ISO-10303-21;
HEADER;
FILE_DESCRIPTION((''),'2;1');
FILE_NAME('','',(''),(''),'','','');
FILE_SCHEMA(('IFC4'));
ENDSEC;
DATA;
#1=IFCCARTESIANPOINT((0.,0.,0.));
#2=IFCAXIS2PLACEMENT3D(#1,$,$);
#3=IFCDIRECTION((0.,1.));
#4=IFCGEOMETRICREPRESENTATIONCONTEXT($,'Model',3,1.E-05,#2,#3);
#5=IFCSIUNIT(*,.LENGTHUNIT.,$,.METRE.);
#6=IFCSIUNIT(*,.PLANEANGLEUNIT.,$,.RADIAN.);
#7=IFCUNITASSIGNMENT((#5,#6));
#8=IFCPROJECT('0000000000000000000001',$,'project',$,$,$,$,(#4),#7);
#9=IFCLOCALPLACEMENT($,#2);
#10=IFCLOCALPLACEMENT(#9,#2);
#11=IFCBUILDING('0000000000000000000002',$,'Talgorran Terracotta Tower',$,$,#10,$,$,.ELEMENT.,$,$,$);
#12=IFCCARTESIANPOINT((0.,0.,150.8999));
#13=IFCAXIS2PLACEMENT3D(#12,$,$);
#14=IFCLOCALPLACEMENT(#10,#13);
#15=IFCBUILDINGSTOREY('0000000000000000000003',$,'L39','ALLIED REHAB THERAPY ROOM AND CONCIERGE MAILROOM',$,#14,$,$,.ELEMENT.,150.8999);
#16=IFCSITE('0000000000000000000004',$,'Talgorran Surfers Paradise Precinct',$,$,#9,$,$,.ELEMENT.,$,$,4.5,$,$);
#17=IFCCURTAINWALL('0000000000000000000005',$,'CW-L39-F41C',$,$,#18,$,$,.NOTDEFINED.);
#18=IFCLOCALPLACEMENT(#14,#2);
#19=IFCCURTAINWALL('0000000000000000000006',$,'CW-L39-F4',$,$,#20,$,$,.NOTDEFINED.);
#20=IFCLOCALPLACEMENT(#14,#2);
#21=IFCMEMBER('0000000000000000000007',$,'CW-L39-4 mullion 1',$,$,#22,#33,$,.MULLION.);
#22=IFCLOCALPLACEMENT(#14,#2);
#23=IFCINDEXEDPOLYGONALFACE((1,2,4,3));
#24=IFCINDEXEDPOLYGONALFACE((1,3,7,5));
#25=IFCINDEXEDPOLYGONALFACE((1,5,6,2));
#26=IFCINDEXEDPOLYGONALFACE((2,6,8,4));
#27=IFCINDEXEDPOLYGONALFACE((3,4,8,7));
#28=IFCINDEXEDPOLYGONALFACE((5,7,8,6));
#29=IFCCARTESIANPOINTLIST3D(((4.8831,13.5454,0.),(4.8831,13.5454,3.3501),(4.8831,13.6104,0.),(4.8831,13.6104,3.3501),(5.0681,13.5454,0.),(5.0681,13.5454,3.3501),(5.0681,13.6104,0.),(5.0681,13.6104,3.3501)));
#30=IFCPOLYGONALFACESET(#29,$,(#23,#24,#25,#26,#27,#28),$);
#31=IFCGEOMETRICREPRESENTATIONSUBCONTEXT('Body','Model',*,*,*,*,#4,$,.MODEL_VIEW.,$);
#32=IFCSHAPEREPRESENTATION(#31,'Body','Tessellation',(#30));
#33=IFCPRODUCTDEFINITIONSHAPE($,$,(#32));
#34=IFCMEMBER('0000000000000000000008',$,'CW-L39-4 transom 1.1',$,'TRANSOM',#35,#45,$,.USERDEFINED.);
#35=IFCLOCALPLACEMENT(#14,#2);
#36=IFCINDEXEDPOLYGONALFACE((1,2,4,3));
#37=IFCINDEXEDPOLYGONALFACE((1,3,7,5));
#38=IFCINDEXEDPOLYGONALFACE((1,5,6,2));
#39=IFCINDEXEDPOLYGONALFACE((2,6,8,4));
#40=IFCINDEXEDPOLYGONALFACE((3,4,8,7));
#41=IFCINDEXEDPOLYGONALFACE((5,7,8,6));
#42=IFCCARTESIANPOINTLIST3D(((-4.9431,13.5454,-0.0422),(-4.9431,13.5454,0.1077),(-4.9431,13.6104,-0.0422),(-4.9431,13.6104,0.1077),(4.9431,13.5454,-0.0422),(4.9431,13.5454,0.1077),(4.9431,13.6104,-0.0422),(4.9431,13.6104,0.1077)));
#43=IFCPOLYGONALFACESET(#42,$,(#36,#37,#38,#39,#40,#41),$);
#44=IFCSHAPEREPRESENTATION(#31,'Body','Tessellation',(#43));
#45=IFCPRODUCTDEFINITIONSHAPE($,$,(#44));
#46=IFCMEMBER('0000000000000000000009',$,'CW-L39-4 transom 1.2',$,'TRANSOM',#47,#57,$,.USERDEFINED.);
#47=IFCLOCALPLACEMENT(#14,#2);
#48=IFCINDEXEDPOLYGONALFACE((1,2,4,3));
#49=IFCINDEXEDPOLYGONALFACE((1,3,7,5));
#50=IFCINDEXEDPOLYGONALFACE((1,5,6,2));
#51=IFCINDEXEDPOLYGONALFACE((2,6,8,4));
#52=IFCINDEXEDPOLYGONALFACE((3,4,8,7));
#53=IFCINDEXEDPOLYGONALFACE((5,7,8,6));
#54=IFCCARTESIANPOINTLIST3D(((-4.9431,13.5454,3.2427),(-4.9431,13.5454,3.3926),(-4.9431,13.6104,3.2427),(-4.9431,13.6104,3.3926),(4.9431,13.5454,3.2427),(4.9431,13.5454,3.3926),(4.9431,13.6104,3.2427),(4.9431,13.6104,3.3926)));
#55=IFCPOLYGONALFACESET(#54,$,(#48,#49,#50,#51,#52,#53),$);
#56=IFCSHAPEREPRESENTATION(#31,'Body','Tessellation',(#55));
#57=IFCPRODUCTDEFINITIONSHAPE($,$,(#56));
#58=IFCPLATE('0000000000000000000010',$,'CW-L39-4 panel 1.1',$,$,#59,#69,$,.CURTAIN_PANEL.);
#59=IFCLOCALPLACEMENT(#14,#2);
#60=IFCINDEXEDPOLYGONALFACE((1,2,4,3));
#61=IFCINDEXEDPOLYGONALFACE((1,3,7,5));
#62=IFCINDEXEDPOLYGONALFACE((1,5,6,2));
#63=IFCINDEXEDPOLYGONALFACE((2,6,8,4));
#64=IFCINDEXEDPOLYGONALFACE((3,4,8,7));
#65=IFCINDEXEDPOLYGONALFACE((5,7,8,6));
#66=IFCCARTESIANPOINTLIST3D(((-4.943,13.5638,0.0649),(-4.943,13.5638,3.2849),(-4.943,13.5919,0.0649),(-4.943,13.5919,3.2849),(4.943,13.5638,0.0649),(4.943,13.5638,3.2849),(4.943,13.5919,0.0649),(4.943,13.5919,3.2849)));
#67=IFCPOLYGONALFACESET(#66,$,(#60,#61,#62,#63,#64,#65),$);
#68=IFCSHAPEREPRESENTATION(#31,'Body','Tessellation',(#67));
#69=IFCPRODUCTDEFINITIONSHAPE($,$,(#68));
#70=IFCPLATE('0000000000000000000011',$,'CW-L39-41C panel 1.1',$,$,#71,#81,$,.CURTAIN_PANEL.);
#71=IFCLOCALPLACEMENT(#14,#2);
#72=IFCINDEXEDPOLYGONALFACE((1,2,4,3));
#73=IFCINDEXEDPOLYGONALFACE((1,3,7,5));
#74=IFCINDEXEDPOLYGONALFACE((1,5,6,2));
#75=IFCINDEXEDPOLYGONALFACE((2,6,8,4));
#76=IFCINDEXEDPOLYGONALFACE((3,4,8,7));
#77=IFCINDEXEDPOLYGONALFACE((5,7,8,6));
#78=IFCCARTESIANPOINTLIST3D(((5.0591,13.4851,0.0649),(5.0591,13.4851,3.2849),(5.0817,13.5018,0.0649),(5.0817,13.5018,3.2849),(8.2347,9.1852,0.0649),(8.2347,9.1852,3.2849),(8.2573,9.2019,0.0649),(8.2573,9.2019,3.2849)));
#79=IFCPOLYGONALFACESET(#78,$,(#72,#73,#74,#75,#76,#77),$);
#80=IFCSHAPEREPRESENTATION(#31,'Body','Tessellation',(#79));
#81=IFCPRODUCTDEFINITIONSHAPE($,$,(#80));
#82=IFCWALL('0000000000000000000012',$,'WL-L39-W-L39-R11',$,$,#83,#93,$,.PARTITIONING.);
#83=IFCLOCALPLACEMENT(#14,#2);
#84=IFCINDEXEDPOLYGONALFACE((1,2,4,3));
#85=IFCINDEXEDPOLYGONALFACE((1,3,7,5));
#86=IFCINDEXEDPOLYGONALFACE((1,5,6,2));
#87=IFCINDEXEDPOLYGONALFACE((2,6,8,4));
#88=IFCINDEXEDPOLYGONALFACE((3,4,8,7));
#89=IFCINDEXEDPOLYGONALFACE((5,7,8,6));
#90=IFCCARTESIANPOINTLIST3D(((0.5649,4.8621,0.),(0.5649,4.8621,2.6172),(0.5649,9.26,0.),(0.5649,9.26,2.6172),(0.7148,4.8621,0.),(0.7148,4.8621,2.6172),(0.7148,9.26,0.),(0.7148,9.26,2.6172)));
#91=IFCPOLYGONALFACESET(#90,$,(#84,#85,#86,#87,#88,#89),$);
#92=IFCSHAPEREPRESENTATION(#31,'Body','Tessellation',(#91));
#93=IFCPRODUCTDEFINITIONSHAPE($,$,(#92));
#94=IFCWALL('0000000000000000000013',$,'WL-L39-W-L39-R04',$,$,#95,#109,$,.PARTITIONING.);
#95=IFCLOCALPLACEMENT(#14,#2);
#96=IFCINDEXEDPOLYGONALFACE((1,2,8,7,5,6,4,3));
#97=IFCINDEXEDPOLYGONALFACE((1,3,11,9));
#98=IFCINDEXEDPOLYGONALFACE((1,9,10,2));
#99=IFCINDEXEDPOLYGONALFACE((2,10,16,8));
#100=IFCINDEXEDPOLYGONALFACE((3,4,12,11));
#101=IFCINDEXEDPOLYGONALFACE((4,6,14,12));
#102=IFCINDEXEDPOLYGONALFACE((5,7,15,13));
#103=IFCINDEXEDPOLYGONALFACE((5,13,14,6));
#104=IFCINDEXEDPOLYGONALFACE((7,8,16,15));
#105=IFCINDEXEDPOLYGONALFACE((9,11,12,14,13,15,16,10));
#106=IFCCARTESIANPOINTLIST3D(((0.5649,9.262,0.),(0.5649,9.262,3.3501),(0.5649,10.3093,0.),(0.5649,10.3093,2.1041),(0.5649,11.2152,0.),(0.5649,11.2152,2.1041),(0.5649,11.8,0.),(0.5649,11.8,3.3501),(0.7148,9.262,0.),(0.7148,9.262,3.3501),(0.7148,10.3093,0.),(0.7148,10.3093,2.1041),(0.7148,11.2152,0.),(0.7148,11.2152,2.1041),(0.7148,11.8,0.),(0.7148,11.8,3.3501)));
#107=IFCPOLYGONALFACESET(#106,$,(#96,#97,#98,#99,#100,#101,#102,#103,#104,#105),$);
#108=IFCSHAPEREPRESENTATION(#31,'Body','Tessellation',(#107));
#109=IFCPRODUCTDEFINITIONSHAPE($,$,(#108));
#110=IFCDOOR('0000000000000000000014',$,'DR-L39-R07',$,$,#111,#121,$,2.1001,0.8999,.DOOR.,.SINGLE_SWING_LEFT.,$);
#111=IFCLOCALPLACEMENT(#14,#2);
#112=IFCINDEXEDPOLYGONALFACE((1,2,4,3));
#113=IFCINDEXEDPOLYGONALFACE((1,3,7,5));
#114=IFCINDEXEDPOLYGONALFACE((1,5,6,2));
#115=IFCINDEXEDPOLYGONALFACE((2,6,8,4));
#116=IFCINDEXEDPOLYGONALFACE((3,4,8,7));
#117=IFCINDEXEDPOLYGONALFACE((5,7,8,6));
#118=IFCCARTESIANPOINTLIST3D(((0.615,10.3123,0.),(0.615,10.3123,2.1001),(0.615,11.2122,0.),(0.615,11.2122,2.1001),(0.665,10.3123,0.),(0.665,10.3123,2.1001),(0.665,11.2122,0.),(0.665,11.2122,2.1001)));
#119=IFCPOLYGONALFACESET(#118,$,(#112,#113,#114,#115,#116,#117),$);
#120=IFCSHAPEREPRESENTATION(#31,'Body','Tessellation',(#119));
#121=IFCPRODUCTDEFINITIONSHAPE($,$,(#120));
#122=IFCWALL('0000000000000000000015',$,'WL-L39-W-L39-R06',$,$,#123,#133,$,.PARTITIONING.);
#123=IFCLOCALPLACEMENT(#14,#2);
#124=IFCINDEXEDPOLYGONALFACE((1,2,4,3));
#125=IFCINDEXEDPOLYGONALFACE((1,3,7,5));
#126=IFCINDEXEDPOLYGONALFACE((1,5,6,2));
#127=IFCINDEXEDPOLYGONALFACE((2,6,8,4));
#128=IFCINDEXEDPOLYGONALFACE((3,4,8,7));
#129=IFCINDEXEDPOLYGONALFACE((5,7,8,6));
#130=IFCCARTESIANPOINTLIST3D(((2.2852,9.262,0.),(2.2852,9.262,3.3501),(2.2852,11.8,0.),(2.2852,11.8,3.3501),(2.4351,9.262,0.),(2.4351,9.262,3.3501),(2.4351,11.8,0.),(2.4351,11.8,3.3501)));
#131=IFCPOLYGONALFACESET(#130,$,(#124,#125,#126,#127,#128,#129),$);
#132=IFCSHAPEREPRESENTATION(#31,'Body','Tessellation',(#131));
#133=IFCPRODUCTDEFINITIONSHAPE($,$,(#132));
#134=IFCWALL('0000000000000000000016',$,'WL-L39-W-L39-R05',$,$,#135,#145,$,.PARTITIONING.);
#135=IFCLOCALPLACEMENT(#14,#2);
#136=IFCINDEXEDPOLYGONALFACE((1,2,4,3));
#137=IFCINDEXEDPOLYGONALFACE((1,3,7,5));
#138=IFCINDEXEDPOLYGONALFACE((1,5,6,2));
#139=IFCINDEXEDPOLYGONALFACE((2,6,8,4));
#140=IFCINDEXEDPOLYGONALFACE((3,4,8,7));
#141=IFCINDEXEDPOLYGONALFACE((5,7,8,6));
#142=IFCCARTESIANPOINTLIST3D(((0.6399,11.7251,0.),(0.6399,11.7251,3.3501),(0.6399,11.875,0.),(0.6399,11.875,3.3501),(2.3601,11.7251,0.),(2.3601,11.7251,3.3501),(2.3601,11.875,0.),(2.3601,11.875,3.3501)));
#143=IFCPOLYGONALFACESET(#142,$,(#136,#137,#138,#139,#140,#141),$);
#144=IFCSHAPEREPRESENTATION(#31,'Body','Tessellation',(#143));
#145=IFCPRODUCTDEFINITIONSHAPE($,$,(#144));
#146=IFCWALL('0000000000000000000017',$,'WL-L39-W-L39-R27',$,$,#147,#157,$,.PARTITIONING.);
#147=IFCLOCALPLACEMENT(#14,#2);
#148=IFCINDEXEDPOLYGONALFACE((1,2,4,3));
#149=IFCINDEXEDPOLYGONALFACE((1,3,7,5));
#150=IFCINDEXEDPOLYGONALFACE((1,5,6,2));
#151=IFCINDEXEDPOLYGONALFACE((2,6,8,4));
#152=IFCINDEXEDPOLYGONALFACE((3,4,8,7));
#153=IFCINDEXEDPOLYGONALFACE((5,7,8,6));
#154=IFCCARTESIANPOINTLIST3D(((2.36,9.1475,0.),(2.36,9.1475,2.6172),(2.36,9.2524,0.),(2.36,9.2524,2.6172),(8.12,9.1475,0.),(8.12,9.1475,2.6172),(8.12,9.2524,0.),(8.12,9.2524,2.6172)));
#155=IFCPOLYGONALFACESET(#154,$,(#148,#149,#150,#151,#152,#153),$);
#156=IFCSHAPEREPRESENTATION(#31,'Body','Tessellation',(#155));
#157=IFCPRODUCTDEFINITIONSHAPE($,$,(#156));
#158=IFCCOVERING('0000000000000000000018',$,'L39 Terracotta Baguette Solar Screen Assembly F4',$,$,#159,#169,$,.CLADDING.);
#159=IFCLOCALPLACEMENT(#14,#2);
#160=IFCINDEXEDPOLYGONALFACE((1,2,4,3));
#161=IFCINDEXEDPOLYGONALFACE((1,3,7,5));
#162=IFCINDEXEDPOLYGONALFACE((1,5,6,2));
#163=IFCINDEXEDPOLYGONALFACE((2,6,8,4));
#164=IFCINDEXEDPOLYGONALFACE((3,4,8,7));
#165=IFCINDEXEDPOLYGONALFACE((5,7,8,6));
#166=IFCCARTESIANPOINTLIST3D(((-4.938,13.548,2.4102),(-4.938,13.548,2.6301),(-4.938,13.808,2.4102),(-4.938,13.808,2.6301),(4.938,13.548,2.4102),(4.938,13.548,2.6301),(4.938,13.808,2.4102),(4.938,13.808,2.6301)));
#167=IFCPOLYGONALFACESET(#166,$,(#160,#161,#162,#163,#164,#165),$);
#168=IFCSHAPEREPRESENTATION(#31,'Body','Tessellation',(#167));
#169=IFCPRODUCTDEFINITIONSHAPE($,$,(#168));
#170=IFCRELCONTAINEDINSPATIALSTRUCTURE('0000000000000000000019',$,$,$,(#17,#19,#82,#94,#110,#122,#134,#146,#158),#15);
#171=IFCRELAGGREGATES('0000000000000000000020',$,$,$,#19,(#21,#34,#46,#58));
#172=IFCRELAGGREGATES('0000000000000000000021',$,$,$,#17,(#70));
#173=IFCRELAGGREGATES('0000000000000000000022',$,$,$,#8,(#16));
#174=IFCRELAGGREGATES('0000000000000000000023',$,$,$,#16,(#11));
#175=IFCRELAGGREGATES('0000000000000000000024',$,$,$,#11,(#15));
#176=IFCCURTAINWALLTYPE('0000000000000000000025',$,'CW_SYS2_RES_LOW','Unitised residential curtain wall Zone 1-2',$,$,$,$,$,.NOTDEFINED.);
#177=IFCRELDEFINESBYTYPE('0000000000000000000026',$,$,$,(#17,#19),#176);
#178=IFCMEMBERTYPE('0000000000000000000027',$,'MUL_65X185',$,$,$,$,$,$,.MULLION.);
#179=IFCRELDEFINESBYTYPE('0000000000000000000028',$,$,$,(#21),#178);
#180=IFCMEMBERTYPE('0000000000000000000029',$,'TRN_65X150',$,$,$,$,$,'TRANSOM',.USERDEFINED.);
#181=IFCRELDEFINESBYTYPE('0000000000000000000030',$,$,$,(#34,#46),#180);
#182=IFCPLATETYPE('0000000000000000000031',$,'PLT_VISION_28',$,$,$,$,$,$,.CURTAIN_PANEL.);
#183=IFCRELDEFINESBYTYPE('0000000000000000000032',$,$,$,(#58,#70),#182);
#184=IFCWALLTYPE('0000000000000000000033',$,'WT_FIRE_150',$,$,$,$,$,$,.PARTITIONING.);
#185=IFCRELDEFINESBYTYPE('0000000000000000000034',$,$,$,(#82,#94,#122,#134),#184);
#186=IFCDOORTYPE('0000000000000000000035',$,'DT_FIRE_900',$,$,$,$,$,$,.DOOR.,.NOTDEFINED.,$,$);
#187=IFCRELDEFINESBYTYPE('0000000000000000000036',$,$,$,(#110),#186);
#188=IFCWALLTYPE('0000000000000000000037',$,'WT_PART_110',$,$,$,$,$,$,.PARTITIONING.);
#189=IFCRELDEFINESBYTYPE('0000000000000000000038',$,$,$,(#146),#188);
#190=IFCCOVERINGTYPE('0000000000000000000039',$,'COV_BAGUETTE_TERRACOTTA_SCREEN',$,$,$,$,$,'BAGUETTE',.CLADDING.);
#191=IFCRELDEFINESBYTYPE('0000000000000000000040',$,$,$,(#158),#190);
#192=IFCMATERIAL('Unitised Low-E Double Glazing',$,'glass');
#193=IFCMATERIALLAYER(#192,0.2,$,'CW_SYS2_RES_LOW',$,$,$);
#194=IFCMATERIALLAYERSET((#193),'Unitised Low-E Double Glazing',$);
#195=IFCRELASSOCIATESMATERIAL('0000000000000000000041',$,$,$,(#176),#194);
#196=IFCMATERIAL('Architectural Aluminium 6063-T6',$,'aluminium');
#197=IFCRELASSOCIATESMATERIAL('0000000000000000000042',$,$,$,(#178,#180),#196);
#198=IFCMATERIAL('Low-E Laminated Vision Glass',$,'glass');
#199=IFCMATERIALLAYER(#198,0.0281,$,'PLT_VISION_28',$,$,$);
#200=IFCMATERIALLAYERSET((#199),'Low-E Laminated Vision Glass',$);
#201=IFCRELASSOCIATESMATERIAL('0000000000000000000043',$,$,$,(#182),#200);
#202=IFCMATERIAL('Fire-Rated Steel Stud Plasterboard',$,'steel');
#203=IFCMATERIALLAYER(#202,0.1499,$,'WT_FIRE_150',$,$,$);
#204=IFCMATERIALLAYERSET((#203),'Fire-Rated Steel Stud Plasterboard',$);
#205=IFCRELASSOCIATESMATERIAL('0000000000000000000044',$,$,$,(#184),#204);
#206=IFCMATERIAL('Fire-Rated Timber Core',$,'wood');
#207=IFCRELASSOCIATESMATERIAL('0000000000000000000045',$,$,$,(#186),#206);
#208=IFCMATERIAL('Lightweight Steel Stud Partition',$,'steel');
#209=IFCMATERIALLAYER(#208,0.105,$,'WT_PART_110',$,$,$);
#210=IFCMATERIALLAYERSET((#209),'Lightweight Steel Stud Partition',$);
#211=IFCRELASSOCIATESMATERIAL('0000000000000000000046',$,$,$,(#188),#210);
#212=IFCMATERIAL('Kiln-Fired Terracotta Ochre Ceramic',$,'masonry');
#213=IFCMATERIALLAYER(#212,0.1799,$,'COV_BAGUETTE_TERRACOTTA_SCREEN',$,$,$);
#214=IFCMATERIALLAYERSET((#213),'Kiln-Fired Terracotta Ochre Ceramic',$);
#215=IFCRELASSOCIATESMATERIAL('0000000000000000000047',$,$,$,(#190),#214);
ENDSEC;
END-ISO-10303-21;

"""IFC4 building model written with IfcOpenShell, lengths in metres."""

from ifc_helpers import new_model, si_unit, direction, frame, frame_2d, origin, origin_2d, place, context, subcontext, project, spatial, rectangle, extrude, source, transform, mapped, material, layer, layer_set, material_profile, profile_set, type_object, type_shapes, element, fill, aggregate, save


model = new_model("IFC4")

# Units and contexts
model_context = context("Model", 3, precision=1e-05, world=origin(), true_north=direction((0.0, 1.0)))
body_context = subcontext(model_context, "Body", "Model", "MODEL_VIEW")
ifc_project = project(units=[si_unit("LENGTHUNIT", "METRE"), si_unit("PLANEANGLEUNIT", "RADIAN")], contexts=[model_context])

# Site, building, storey
site_placement = place(None, origin())
site = spatial("IfcSite", under=ifc_project, at=site_placement, Name="Talgorran Surfers Paradise Precinct", CompositionType="ELEMENT", RefElevation=4.5)
building_placement = place(site_placement, origin())
building = spatial("IfcBuilding", under=site, at=building_placement, Name="Talgorran Terracotta Tower", CompositionType="ELEMENT")
storey_placement = place(building_placement, frame((0.0, 0.0, 150.8999)))
storey = spatial("IfcBuildingStorey", under=building, at=storey_placement, Name="L39", Description="ALLIED REHAB THERAPY ROOM AND CONCIERGE MAILROOM", CompositionType="ELEMENT", Elevation=150.8999)

# Curtain wall
ifc_material_1 = material(Name="Unitised Low-E Double Glazing", Category="glass")
ifc_layer_1 = layer(ifc_material_1, 0.2, Name="CW_SYS2_RES_LOW")
ifc_layer_set_1 = layer_set([ifc_layer_1], Name="Unitised Low-E Double Glazing")
curtain_wall_type = type_object("IfcCurtainWallType", Name="CW_SYS2_RES_LOW", Description="Unitised residential curtain wall Zone 1-2", PredefinedType="NOTDEFINED", material=ifc_layer_set_1)
curtain_wall_1_placement = place(storey_placement, origin())
curtain_wall_1 = element("IfcCurtainWall", 1, at=curtain_wall_1_placement, inside=storey, type_object=curtain_wall_type, Name="CW-L39-F41C", PredefinedType="NOTDEFINED")
ifc_material_2 = material(Name="Architectural Aluminium 6063-T6", Category="aluminium")
ifc_material_profile_1 = material_profile(ifc_material_2, rectangle(XDim=0.0649, YDim=0.1851, at=origin_2d()), Name="CWM65X185")
ifc_profile_set_1 = profile_set([ifc_material_profile_1], Name="Architectural Aluminium 6063-T6")
member_type_1 = type_object("IfcMemberType", Name="MUL_65X185", PredefinedType="MULLION", material=ifc_profile_set_1)

# Curtain wall, members, plate
curtain_wall_2_placement = place(storey_placement, origin())
curtain_wall_2 = element("IfcCurtainWall", 2, at=curtain_wall_2_placement, inside=storey, type_object=curtain_wall_type, Name="CW-L39-F4", PredefinedType="NOTDEFINED")
member_1_placement = place(storey_placement, frame((4.9756, 13.5779, 0.0), z_axis=(0.0, 0.0, 1.0), x_axis=(0.0, -1.0, 0.0)))
member_1 = element("IfcMember", 3, at=member_1_placement, type_object=member_type_1, Name="CW-L39-4 mullion 1", PredefinedType="MULLION", context=body_context, shape_type="SweptSolid", body=[
    extrude(rectangle(XDim=0.0649, YDim=0.1851, at=origin_2d()), origin(), (0.0, 0.0, 1.0), 3.3501),
])
ifc_material_profile_2 = material_profile(ifc_material_2, rectangle(XDim=0.0649, YDim=0.1499, at=origin_2d()), Name="CWT65X150")
ifc_profile_set_2 = profile_set([ifc_material_profile_2], Name="Architectural Aluminium 6063-T6")
member_type_2 = type_object("IfcMemberType", Name="TRN_65X150", ElementType="TRANSOM", PredefinedType="USERDEFINED", material=ifc_profile_set_2)
member_2_placement = place(storey_placement, frame((4.9431, 13.5779, 0.0327), z_axis=(-1.0, 0.0, 0.0), x_axis=(0.0, -1.0, 0.0)))
member_2 = element("IfcMember", 4, at=member_2_placement, type_object=member_type_2, Name="CW-L39-4 transom 1.1", ObjectType="TRANSOM", PredefinedType="USERDEFINED", context=body_context, shape_type="SweptSolid", body=[
    extrude(rectangle(XDim=0.0649, YDim=0.1499, at=origin_2d()), origin(), (0.0, 0.0, 1.0), 9.8862),
])
member_3_placement = place(storey_placement, frame((4.9431, 13.5779, 3.3176), z_axis=(-1.0, 0.0, 0.0), x_axis=(0.0, -1.0, 0.0)))
member_3 = element("IfcMember", 5, at=member_3_placement, type_object=member_type_2, Name="CW-L39-4 transom 1.2", ObjectType="TRANSOM", PredefinedType="USERDEFINED", context=body_context, shape_type="SweptSolid", body=[
    extrude(rectangle(XDim=0.0649, YDim=0.1499, at=origin_2d()), origin(), (0.0, 0.0, 1.0), 9.8862),
])
ifc_material_3 = material(Name="Low-E Laminated Vision Glass", Category="glass")
ifc_layer_2 = layer(ifc_material_3, 0.0281, Name="PLT_VISION_28")
ifc_layer_set_2 = layer_set([ifc_layer_2], Name="Low-E Laminated Vision Glass")
plate_type = type_object("IfcPlateType", Name="PLT_VISION_28", PredefinedType="CURTAIN_PANEL", material=ifc_layer_set_2)
shared_shape_1 = source(origin(), body_context, "Body", "SweptSolid", [
    extrude(rectangle(XDim=9.886, YDim=0.0281, at=origin_2d()), origin(), (0.0, 0.0, 1.0), 3.22),
])
plate_1_placement = place(storey_placement, frame((0.0, 13.5779, 0.0649), z_axis=(0.0, 0.0, 1.0), x_axis=(-1.0, 0.0, 0.0)))
plate_1 = element("IfcPlate", 6, at=plate_1_placement, type_object=plate_type, Name="CW-L39-4 panel 1.1", PredefinedType="CURTAIN_PANEL", context=body_context, shape_type="MappedRepresentation", body=[
    mapped(shared_shape_1, transform((0.0, 0.0, 0.0), scale=1.0)),
])
aggregate(curtain_wall_2, [member_1, member_2, member_3, plate_1])

# Plate
shared_shape_2 = source(origin(), body_context, "Body", "SweptSolid", [
    extrude(rectangle(XDim=5.3455, YDim=0.0281, at=origin_2d()), origin(), (0.0, 0.0, 1.0), 3.22),
])
type_shapes(plate_type, [shared_shape_1, shared_shape_2])
plate_2_placement = place(storey_placement, frame((6.6582, 11.3435, 0.0649), z_axis=(0.0, 0.0, 1.0), x_axis=(-0.594081, 0.804405, 0.0)))
plate_2 = element("IfcPlate", 7, at=plate_2_placement, type_object=plate_type, Name="CW-L39-41C panel 1.1", PredefinedType="CURTAIN_PANEL", context=body_context, shape_type="MappedRepresentation", body=[
    mapped(shared_shape_2, transform((0.0, 0.0, 0.0), scale=1.0)),
])
aggregate(curtain_wall_1, [plate_2])

# Wall
ifc_material_4 = material(Name="Fire-Rated Steel Stud Plasterboard", Category="steel")
ifc_layer_3 = layer(ifc_material_4, 0.1499, Name="WT_FIRE_150")
ifc_layer_set_3 = layer_set([ifc_layer_3], Name="Fire-Rated Steel Stud Plasterboard")
wall_type_1 = type_object("IfcWallType", Name="WT_FIRE_150", PredefinedType="PARTITIONING", material=ifc_layer_set_3)
wall_1_placement = place(storey_placement, frame((0.6399, 4.8621, 0.0), z_axis=(0.0, 0.0, 1.0), x_axis=(0.0, 1.0, 0.0)))
element("IfcWall", 8, at=wall_1_placement, inside=storey, type_object=wall_type_1, Name="WL-L39-W-L39-R11", PredefinedType="PARTITIONING", context=body_context, shape_type="SweptSolid", body=[
    extrude(rectangle(XDim=4.3979, YDim=0.1499, at=frame_2d((2.199, 0.0))), origin(), (0.0, 0.0, 1.0), 2.6172),
])

# Wall, opening, door
wall_2_placement = place(storey_placement, frame((0.6399, 9.262, 0.0), z_axis=(0.0, 0.0, 1.0), x_axis=(0.0, 1.0, 0.0)))
wall_2 = element("IfcWall", 9, at=wall_2_placement, inside=storey, type_object=wall_type_1, Name="WL-L39-W-L39-R04", PredefinedType="PARTITIONING", context=body_context, shape_type="SweptSolid", body=[
    extrude(rectangle(XDim=2.5381, YDim=0.1499, at=frame_2d((1.269, 0.0))), origin(), (0.0, 0.0, 1.0), 3.3501),
])
opening_placement = place(wall_2_placement, frame((1.0503, 0.0, 0.0)))
opening = element("IfcOpeningElement", 10, at=opening_placement, cuts=wall_2, PredefinedType="OPENING", context=body_context, shape_type="SweptSolid", body=[
    extrude(rectangle(XDim=0.9059, YDim=2.1041, at=frame_2d((0.45, 1.052))), frame((0.0, 0.085, 0.0), z_axis=(0.0, -1.0, 0.0), x_axis=(1.0, 0.0, 0.0)), (0.0, 0.0, 1.0), 0.1699),
])
ifc_material_5 = material(Name="Fire-Rated Timber Core", Category="wood")
door_type = type_object("IfcDoorType", Name="DT_FIRE_900", OperationType="NOTDEFINED", PredefinedType="DOOR", material=ifc_material_5)
door_placement = place(opening_placement, origin())
door = element("IfcDoor", 11, at=door_placement, inside=storey, type_object=door_type, Name="DR-L39-R07", OperationType="SINGLE_SWING_LEFT", OverallHeight=2.1001, OverallWidth=0.8999, PredefinedType="DOOR", context=body_context, shape_type="SweptSolid", body=[
    extrude(rectangle(XDim=0.8999, YDim=2.1001, at=frame_2d((0.45, 1.05))), frame((0.0, 0.0249, 0.0), z_axis=(0.0, -1.0, 0.0), x_axis=(1.0, 0.0, 0.0)), (0.0, 0.0, 1.0), 0.05),
])
fill(opening, door)

# Walls
wall_3_placement = place(storey_placement, frame((2.3601, 9.262, 0.0), z_axis=(0.0, 0.0, 1.0), x_axis=(0.0, 1.0, 0.0)))
element("IfcWall", 12, at=wall_3_placement, inside=storey, type_object=wall_type_1, Name="WL-L39-W-L39-R06", PredefinedType="PARTITIONING", context=body_context, shape_type="SweptSolid", body=[
    extrude(rectangle(XDim=2.5381, YDim=0.1499, at=frame_2d((1.269, 0.0))), origin(), (0.0, 0.0, 1.0), 3.3501),
])
wall_4_placement = place(storey_placement, frame((0.6399, 11.8, 0.0), z_axis=(0.0, 0.0, 1.0), x_axis=(1.0, 0.0, 0.0)))
element("IfcWall", 13, at=wall_4_placement, inside=storey, type_object=wall_type_1, Name="WL-L39-W-L39-R05", PredefinedType="PARTITIONING", context=body_context, shape_type="SweptSolid", body=[
    extrude(rectangle(XDim=1.7202, YDim=0.1499, at=frame_2d((0.8601, 0.0))), origin(), (0.0, 0.0, 1.0), 3.3501),
])
ifc_material_6 = material(Name="Lightweight Steel Stud Partition", Category="steel")
ifc_layer_4 = layer(ifc_material_6, 0.105, Name="WT_PART_110")
ifc_layer_set_4 = layer_set([ifc_layer_4], Name="Lightweight Steel Stud Partition")
wall_type_2 = type_object("IfcWallType", Name="WT_PART_110", PredefinedType="PARTITIONING", material=ifc_layer_set_4)
wall_5_placement = place(storey_placement, frame((2.3601, 9.2, 0.0), z_axis=(0.0, 0.0, 1.0), x_axis=(1.0, 0.0, 0.0)))
element("IfcWall", 14, at=wall_5_placement, inside=storey, type_object=wall_type_2, Name="WL-L39-W-L39-R27", PredefinedType="PARTITIONING", context=body_context, shape_type="SweptSolid", body=[
    extrude(rectangle(XDim=5.76, YDim=0.105, at=frame_2d((2.8799, 0.0))), origin(), (0.0, 0.0, 1.0), 2.6172),
])

# Covering
ifc_material_7 = material(Name="Kiln-Fired Terracotta Ochre Ceramic", Category="masonry")
ifc_layer_5 = layer(ifc_material_7, 0.1799, Name="COV_BAGUETTE_TERRACOTTA_SCREEN")
ifc_layer_set_5 = layer_set([ifc_layer_5], Name="Kiln-Fired Terracotta Ochre Ceramic")
covering_type_1 = type_object("IfcCoveringType", Name="COV_BAGUETTE_TERRACOTTA_SCREEN", ElementType="BAGUETTE", PredefinedType="CLADDING", material=ifc_layer_set_5)
covering_1_placement = place(storey_placement, frame((0.0, 13.678, 2.4102), z_axis=(0.0, 0.0, 1.0), x_axis=(-1.0, 0.0, 0.0)))
element("IfcCovering", 15, at=covering_1_placement, inside=storey, type_object=covering_type_1, Name="L39 Terracotta Baguette Solar Screen Assembly F4", PredefinedType="CLADDING", context=body_context, shape_type="SweptSolid", body=[
    extrude(rectangle(XDim=9.876, YDim=0.26, at=origin_2d()), origin(), (0.0, 0.0, 1.0), 0.22),
])

save(model, "model.ifc")
